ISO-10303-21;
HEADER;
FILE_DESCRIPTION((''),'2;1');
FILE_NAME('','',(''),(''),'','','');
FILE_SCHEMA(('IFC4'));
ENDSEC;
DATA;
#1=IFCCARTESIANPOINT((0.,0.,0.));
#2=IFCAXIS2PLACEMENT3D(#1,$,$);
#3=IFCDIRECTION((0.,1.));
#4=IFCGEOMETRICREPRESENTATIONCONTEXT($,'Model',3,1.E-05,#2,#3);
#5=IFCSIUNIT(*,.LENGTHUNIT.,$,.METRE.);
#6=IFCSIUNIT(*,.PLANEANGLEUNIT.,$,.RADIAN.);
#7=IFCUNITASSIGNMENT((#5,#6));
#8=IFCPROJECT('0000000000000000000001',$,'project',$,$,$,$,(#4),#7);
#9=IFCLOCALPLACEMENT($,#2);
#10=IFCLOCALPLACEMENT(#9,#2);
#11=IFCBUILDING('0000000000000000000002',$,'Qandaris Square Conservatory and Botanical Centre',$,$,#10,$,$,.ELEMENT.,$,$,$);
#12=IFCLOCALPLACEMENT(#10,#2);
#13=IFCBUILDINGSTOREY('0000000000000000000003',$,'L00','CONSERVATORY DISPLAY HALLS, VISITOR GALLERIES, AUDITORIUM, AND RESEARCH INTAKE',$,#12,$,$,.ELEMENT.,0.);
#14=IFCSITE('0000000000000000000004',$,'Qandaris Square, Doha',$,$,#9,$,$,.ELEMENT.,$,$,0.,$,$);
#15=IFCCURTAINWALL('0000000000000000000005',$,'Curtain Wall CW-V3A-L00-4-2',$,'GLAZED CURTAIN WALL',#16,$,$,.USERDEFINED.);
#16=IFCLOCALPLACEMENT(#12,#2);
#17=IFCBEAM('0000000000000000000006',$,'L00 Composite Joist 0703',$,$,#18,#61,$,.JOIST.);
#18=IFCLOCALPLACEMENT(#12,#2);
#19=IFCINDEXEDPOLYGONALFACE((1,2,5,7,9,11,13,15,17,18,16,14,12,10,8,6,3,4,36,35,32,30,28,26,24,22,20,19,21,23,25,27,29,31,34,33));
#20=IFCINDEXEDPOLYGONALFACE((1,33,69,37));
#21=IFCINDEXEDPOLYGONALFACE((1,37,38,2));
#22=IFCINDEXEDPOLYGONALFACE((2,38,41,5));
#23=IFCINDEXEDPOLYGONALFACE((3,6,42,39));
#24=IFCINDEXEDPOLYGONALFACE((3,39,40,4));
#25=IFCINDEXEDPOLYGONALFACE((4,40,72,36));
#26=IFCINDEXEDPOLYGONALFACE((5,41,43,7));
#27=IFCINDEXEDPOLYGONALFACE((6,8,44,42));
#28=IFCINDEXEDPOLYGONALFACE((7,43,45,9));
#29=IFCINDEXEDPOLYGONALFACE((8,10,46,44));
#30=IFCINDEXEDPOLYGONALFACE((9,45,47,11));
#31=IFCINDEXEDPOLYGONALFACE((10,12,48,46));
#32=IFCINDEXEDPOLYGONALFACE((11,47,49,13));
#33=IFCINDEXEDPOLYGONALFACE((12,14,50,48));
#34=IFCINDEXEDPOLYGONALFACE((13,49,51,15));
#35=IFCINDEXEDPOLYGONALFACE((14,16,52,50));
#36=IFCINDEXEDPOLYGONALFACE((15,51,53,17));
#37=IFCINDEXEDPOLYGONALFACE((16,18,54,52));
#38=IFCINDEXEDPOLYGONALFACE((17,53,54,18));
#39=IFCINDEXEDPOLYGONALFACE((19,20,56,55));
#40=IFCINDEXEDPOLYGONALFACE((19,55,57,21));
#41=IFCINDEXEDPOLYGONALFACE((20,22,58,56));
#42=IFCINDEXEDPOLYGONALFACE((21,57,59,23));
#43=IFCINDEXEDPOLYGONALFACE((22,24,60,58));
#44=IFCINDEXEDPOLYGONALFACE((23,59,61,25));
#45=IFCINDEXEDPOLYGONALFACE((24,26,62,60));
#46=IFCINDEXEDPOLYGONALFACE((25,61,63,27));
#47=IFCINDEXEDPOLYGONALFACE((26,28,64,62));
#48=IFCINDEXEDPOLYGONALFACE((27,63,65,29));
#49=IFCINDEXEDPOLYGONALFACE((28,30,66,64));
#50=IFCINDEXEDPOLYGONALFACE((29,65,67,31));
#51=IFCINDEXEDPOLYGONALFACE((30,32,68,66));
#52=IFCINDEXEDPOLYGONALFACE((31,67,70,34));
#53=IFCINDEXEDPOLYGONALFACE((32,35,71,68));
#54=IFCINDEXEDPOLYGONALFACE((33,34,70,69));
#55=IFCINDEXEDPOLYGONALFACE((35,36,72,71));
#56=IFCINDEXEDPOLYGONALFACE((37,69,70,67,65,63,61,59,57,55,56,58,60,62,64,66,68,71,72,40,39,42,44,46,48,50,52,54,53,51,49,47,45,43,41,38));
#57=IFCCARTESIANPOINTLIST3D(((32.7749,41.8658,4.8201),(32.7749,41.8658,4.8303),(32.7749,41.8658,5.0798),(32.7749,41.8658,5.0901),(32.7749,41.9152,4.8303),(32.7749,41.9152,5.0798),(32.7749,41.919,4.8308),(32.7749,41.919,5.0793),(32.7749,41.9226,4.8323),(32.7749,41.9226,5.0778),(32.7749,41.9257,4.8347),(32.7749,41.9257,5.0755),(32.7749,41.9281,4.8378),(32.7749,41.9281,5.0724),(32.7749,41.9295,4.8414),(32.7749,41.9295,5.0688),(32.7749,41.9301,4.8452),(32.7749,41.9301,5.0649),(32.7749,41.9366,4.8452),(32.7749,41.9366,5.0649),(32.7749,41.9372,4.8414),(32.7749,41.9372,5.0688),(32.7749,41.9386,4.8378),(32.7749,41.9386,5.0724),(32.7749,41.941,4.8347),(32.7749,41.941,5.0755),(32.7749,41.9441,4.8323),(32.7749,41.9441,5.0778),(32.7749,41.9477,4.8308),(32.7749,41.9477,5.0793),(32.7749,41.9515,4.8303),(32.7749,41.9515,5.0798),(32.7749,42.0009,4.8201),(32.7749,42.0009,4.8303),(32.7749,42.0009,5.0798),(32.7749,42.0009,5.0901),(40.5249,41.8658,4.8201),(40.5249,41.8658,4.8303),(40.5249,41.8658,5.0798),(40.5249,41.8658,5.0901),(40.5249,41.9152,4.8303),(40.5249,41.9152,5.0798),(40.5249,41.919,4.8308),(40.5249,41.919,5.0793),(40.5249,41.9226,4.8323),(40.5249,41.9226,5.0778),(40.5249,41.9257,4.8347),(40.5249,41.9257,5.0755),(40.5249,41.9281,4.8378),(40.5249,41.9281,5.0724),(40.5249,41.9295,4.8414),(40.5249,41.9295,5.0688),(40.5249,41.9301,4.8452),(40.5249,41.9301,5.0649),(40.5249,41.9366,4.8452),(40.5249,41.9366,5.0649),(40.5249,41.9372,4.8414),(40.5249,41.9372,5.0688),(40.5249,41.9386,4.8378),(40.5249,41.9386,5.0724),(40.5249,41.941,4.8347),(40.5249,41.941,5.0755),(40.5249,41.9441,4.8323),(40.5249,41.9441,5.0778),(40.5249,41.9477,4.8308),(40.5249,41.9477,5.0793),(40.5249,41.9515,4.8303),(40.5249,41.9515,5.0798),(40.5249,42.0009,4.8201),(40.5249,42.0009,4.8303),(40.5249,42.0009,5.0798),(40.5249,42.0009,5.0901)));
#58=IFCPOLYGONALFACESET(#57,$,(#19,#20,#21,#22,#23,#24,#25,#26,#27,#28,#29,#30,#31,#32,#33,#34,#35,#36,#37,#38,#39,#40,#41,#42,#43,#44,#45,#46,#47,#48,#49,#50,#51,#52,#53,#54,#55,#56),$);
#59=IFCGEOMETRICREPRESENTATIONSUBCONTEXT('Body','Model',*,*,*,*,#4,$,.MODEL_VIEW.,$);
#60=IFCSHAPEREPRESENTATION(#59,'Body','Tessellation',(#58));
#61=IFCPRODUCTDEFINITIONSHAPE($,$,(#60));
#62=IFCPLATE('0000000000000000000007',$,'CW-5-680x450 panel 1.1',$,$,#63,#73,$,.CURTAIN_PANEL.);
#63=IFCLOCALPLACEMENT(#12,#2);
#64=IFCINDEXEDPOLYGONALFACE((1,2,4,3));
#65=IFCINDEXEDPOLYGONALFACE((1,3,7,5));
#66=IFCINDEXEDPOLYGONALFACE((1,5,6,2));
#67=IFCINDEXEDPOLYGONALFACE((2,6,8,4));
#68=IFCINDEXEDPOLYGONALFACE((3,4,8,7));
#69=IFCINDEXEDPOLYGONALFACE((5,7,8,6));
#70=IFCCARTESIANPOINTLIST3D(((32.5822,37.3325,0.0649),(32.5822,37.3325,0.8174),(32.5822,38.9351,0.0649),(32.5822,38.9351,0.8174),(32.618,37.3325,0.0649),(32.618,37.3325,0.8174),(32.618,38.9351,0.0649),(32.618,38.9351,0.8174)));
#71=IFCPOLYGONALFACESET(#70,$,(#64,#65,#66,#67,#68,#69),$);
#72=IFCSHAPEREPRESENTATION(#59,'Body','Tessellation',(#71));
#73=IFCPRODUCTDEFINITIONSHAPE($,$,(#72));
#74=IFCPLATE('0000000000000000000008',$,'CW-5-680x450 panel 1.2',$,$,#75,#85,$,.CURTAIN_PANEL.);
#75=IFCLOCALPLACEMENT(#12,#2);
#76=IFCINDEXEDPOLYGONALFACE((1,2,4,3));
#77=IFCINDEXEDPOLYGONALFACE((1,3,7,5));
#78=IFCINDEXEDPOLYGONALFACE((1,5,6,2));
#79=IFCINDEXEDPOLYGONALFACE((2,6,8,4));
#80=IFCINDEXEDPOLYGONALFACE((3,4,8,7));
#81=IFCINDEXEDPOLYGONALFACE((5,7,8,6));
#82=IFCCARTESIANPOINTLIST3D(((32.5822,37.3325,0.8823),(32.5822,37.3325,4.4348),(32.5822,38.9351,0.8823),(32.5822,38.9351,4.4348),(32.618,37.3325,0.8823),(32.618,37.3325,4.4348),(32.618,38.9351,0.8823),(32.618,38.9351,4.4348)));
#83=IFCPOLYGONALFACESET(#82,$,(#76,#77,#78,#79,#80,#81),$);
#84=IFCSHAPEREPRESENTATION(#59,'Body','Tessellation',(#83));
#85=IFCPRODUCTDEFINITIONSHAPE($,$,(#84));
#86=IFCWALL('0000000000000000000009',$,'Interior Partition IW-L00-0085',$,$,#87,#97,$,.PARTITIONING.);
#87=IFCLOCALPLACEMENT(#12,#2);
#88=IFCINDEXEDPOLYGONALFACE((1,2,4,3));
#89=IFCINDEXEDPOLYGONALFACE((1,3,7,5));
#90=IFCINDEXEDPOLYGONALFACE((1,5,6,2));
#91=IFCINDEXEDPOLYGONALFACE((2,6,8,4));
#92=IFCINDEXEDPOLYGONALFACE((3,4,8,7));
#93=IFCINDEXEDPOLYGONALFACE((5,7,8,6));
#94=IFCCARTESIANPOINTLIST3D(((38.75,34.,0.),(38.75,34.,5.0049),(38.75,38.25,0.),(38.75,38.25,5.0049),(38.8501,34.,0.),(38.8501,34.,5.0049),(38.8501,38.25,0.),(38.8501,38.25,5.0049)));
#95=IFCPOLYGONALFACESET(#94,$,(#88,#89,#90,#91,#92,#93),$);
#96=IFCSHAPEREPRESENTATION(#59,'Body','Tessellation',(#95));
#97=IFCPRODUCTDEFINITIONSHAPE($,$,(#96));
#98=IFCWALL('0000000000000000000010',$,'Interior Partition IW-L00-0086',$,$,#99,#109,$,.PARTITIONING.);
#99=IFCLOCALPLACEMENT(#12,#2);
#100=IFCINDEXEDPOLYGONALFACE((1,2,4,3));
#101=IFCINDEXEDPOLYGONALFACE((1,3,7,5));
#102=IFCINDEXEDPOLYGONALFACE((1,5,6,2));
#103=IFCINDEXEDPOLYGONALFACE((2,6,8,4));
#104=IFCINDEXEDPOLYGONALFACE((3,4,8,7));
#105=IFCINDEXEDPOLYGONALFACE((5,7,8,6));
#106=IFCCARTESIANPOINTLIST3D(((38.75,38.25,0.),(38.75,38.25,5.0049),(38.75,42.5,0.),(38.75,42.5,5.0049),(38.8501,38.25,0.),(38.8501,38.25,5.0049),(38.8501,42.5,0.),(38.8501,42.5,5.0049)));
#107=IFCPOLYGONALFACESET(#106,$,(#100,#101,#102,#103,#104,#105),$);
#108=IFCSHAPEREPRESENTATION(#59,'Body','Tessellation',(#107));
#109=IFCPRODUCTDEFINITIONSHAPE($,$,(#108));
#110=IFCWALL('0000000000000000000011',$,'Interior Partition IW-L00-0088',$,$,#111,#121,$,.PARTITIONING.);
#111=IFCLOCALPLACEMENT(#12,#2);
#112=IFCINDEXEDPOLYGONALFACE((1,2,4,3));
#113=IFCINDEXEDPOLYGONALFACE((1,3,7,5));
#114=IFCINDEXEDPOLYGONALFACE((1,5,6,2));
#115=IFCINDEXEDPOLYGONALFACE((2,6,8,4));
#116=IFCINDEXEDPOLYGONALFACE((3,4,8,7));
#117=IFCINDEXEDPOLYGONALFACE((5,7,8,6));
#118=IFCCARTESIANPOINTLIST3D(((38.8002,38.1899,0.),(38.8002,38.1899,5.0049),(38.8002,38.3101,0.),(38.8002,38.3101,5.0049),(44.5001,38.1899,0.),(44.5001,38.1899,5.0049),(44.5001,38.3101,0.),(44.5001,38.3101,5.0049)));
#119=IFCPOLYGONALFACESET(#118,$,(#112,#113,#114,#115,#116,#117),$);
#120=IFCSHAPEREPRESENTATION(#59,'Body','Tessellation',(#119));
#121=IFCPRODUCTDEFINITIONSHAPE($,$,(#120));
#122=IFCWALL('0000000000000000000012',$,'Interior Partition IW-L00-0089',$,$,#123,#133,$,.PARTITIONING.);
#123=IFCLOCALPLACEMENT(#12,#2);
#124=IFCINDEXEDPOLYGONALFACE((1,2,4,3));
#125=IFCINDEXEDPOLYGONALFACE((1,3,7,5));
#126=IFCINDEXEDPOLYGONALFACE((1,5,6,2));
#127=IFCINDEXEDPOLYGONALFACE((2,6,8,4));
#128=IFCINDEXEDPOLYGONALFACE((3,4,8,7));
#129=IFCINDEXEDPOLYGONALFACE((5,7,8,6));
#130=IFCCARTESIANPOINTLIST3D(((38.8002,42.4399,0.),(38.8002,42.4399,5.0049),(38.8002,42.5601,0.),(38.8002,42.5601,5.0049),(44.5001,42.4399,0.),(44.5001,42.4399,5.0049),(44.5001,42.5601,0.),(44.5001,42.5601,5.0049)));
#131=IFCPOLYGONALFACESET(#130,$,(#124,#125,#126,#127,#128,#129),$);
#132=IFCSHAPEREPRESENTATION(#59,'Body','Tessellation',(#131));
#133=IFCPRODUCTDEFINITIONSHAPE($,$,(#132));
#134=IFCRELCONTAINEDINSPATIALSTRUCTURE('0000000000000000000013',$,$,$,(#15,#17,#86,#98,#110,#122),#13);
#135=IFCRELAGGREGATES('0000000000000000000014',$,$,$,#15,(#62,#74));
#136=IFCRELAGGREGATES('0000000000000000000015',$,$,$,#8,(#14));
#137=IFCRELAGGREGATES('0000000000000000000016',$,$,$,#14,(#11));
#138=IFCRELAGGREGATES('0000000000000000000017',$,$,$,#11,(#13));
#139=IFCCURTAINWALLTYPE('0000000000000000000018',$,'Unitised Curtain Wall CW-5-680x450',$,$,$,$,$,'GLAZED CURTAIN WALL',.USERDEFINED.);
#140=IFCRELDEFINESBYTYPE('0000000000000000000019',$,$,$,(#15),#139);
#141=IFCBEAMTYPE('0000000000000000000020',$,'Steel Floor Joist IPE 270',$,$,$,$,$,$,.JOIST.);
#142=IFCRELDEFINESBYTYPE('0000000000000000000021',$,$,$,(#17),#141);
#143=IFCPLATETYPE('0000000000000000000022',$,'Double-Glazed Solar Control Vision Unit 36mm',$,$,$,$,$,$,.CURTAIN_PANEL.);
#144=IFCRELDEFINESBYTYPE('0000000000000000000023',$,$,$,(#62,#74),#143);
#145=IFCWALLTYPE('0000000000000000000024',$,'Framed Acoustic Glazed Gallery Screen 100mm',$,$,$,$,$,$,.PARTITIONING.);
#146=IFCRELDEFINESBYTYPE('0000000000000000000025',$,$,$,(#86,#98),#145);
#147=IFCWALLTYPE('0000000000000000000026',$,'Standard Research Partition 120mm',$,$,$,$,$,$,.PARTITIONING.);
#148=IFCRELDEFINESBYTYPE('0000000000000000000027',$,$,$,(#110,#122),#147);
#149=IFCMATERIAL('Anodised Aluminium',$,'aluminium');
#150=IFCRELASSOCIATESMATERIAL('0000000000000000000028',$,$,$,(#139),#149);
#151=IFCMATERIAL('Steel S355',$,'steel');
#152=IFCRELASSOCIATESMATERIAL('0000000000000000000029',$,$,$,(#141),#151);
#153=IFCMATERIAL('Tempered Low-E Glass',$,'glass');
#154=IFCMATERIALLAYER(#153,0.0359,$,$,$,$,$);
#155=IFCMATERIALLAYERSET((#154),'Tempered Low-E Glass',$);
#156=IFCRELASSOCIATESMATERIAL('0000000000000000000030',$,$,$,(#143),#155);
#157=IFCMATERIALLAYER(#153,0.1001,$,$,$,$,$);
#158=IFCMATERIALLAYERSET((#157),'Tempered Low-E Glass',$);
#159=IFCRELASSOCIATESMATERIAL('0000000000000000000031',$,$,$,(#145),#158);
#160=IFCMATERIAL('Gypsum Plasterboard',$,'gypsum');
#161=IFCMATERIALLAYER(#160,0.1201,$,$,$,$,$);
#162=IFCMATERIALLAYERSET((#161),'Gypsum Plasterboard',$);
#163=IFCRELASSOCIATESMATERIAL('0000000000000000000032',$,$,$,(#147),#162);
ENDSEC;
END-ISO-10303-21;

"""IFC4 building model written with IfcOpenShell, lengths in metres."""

from ifc_helpers import new_model, si_unit, direction, frame, frame_2d, origin, origin_2d, place, context, subcontext, project, spatial, rectangle, i_section, extrude, material, layer, layer_set, material_profile, profile_set, type_object, element, aggregate, save


model = new_model("IFC4")

# Units and contexts
model_context = context("Model", 3, precision=1e-05, world=origin(), true_north=direction((0.0, 1.0)))
body_context = subcontext(model_context, "Body", "Model", "MODEL_VIEW")
ifc_project = project(units=[si_unit("LENGTHUNIT", "METRE"), si_unit("PLANEANGLEUNIT", "RADIAN")], contexts=[model_context])

# Site, building, storey
site_placement = place(None, origin())
site = spatial("IfcSite", under=ifc_project, at=site_placement, Name="Qandaris Square, Doha", CompositionType="ELEMENT", RefElevation=0.0)
building_placement = place(site_placement, origin())
building = spatial("IfcBuilding", under=site, at=building_placement, Name="Qandaris Square Conservatory and Botanical Centre", CompositionType="ELEMENT")
storey_placement = place(building_placement, origin())
storey = spatial("IfcBuildingStorey", under=building, at=storey_placement, Name="L00", Description="CONSERVATORY DISPLAY HALLS, VISITOR GALLERIES, AUDITORIUM, AND RESEARCH INTAKE", CompositionType="ELEMENT", Elevation=0.0)

# Curtain wall
ifc_material_1 = material(Name="Anodised Aluminium", Category="aluminium")
curtain_wall_type = type_object("IfcCurtainWallType", Name="Unitised Curtain Wall CW-5-680x450", ElementType="GLAZED CURTAIN WALL", PredefinedType="USERDEFINED", material=ifc_material_1)
curtain_wall_placement = place(storey_placement, origin())
curtain_wall = element("IfcCurtainWall", 1, at=curtain_wall_placement, inside=storey, type_object=curtain_wall_type, Name="Curtain Wall CW-V3A-L00-4-2", ObjectType="GLAZED CURTAIN WALL", PredefinedType="USERDEFINED")

# Beam
ifc_material_2 = material(Name="Steel S355", Category="steel")
ifc_material_profile_1 = material_profile(ifc_material_2, i_section(OverallWidth=0.135, OverallDepth=0.27, WebThickness=0.0066, FlangeThickness=0.0103, FilletRadius=0.0149, at=origin_2d()), Name="IPE 270")
ifc_profile_set_1 = profile_set([ifc_material_profile_1], Name="Steel S355")
beam_type_1 = type_object("IfcBeamType", Name="Steel Floor Joist IPE 270", PredefinedType="JOIST", material=ifc_profile_set_1)
beam_1_placement = place(storey_placement, frame((32.7749, 41.9333, 4.9551), z_axis=(1.0, 0.0, 0.0), x_axis=(0.0, 1.0, 0.0)))
element("IfcBeam", 2, at=beam_1_placement, inside=storey, type_object=beam_type_1, Name="L00 Composite Joist 0703", PredefinedType="JOIST", context=body_context, shape_type="SweptSolid", body=[
    extrude(i_section(OverallWidth=0.135, OverallDepth=0.27, WebThickness=0.0066, FlangeThickness=0.0103, FilletRadius=0.0149, at=origin_2d()), origin(), (0.0, 0.0, 1.0), 7.75),
])

# Plates
ifc_material_3 = material(Name="Tempered Low-E Glass", Category="glass")
ifc_layer_1 = layer(ifc_material_3, 0.0359)
ifc_layer_set_1 = layer_set([ifc_layer_1], Name="Tempered Low-E Glass")
plate_type = type_object("IfcPlateType", Name="Double-Glazed Solar Control Vision Unit 36mm", PredefinedType="CURTAIN_PANEL", material=ifc_layer_set_1)
plate_1_placement = place(storey_placement, frame((32.6001, 38.1338, 0.0649), z_axis=(0.0, 0.0, 1.0), x_axis=(0.0, -1.0, 0.0)))
plate_1 = element("IfcPlate", 3, at=plate_1_placement, type_object=plate_type, Name="CW-5-680x450 panel 1.1", PredefinedType="CURTAIN_PANEL", context=body_context, shape_type="SweptSolid", body=[
    extrude(rectangle(XDim=1.6025, YDim=0.0359, at=origin_2d()), origin(), (0.0, 0.0, 1.0), 0.7524),
])
plate_2_placement = place(storey_placement, frame((32.6001, 38.1338, 0.8823), z_axis=(0.0, 0.0, 1.0), x_axis=(0.0, -1.0, 0.0)))
plate_2 = element("IfcPlate", 4, at=plate_2_placement, type_object=plate_type, Name="CW-5-680x450 panel 1.2", PredefinedType="CURTAIN_PANEL", context=body_context, shape_type="SweptSolid", body=[
    extrude(rectangle(XDim=1.6025, YDim=0.0359, at=origin_2d()), origin(), (0.0, 0.0, 1.0), 3.5525),
])
aggregate(curtain_wall, [plate_1, plate_2])

# Walls
ifc_layer_2 = layer(ifc_material_3, 0.1001)
ifc_layer_set_2 = layer_set([ifc_layer_2], Name="Tempered Low-E Glass")
wall_type_1 = type_object("IfcWallType", Name="Framed Acoustic Glazed Gallery Screen 100mm", PredefinedType="PARTITIONING", material=ifc_layer_set_2)
for number, where, z_axis, x_axis, name in (
    (5, (38.8, 38.25, 0.0), (0.0, 0.0, 1.0), (0.0, -1.0, 0.0), "Interior Partition IW-L00-0085"),
    (6, (38.8, 42.5, 0.0), (0.0, 0.0, 1.0), (0.0, -1.0, 0.0), "Interior Partition IW-L00-0086"),
):
    element("IfcWall", number, at=place(storey_placement, frame(where, z_axis=z_axis, x_axis=x_axis)), inside=storey, type_object=wall_type_1, Name=name, PredefinedType="PARTITIONING", context=body_context, shape_type="SweptSolid", body=[
        extrude(rectangle(XDim=4.25, YDim=0.1001, at=frame_2d((2.125, 0.0))), origin(), (0.0, 0.0, 1.0), 5.0049),
    ])
ifc_material_4 = material(Name="Gypsum Plasterboard", Category="gypsum")
ifc_layer_3 = layer(ifc_material_4, 0.1201)
ifc_layer_set_3 = layer_set([ifc_layer_3], Name="Gypsum Plasterboard")
wall_type_2 = type_object("IfcWallType", Name="Standard Research Partition 120mm", PredefinedType="PARTITIONING", material=ifc_layer_set_3)
for number, where, z_axis, x_axis, name in (
    (7, (38.8, 38.25, 0.0), (0.0, 0.0, 1.0), (1.0, 0.0, 0.0), "Interior Partition IW-L00-0088"),
    (8, (38.8, 42.5, 0.0), (0.0, 0.0, 1.0), (1.0, 0.0, 0.0), "Interior Partition IW-L00-0089"),
):
    element("IfcWall", number, at=place(storey_placement, frame(where, z_axis=z_axis, x_axis=x_axis)), inside=storey, type_object=wall_type_2, Name=name, PredefinedType="PARTITIONING", context=body_context, shape_type="SweptSolid", body=[
        extrude(rectangle(XDim=5.7, YDim=0.1201, at=frame_2d((2.8501, 0.0))), origin(), (0.0, 0.0, 1.0), 5.0049),
    ])

save(model, "model.ifc")
